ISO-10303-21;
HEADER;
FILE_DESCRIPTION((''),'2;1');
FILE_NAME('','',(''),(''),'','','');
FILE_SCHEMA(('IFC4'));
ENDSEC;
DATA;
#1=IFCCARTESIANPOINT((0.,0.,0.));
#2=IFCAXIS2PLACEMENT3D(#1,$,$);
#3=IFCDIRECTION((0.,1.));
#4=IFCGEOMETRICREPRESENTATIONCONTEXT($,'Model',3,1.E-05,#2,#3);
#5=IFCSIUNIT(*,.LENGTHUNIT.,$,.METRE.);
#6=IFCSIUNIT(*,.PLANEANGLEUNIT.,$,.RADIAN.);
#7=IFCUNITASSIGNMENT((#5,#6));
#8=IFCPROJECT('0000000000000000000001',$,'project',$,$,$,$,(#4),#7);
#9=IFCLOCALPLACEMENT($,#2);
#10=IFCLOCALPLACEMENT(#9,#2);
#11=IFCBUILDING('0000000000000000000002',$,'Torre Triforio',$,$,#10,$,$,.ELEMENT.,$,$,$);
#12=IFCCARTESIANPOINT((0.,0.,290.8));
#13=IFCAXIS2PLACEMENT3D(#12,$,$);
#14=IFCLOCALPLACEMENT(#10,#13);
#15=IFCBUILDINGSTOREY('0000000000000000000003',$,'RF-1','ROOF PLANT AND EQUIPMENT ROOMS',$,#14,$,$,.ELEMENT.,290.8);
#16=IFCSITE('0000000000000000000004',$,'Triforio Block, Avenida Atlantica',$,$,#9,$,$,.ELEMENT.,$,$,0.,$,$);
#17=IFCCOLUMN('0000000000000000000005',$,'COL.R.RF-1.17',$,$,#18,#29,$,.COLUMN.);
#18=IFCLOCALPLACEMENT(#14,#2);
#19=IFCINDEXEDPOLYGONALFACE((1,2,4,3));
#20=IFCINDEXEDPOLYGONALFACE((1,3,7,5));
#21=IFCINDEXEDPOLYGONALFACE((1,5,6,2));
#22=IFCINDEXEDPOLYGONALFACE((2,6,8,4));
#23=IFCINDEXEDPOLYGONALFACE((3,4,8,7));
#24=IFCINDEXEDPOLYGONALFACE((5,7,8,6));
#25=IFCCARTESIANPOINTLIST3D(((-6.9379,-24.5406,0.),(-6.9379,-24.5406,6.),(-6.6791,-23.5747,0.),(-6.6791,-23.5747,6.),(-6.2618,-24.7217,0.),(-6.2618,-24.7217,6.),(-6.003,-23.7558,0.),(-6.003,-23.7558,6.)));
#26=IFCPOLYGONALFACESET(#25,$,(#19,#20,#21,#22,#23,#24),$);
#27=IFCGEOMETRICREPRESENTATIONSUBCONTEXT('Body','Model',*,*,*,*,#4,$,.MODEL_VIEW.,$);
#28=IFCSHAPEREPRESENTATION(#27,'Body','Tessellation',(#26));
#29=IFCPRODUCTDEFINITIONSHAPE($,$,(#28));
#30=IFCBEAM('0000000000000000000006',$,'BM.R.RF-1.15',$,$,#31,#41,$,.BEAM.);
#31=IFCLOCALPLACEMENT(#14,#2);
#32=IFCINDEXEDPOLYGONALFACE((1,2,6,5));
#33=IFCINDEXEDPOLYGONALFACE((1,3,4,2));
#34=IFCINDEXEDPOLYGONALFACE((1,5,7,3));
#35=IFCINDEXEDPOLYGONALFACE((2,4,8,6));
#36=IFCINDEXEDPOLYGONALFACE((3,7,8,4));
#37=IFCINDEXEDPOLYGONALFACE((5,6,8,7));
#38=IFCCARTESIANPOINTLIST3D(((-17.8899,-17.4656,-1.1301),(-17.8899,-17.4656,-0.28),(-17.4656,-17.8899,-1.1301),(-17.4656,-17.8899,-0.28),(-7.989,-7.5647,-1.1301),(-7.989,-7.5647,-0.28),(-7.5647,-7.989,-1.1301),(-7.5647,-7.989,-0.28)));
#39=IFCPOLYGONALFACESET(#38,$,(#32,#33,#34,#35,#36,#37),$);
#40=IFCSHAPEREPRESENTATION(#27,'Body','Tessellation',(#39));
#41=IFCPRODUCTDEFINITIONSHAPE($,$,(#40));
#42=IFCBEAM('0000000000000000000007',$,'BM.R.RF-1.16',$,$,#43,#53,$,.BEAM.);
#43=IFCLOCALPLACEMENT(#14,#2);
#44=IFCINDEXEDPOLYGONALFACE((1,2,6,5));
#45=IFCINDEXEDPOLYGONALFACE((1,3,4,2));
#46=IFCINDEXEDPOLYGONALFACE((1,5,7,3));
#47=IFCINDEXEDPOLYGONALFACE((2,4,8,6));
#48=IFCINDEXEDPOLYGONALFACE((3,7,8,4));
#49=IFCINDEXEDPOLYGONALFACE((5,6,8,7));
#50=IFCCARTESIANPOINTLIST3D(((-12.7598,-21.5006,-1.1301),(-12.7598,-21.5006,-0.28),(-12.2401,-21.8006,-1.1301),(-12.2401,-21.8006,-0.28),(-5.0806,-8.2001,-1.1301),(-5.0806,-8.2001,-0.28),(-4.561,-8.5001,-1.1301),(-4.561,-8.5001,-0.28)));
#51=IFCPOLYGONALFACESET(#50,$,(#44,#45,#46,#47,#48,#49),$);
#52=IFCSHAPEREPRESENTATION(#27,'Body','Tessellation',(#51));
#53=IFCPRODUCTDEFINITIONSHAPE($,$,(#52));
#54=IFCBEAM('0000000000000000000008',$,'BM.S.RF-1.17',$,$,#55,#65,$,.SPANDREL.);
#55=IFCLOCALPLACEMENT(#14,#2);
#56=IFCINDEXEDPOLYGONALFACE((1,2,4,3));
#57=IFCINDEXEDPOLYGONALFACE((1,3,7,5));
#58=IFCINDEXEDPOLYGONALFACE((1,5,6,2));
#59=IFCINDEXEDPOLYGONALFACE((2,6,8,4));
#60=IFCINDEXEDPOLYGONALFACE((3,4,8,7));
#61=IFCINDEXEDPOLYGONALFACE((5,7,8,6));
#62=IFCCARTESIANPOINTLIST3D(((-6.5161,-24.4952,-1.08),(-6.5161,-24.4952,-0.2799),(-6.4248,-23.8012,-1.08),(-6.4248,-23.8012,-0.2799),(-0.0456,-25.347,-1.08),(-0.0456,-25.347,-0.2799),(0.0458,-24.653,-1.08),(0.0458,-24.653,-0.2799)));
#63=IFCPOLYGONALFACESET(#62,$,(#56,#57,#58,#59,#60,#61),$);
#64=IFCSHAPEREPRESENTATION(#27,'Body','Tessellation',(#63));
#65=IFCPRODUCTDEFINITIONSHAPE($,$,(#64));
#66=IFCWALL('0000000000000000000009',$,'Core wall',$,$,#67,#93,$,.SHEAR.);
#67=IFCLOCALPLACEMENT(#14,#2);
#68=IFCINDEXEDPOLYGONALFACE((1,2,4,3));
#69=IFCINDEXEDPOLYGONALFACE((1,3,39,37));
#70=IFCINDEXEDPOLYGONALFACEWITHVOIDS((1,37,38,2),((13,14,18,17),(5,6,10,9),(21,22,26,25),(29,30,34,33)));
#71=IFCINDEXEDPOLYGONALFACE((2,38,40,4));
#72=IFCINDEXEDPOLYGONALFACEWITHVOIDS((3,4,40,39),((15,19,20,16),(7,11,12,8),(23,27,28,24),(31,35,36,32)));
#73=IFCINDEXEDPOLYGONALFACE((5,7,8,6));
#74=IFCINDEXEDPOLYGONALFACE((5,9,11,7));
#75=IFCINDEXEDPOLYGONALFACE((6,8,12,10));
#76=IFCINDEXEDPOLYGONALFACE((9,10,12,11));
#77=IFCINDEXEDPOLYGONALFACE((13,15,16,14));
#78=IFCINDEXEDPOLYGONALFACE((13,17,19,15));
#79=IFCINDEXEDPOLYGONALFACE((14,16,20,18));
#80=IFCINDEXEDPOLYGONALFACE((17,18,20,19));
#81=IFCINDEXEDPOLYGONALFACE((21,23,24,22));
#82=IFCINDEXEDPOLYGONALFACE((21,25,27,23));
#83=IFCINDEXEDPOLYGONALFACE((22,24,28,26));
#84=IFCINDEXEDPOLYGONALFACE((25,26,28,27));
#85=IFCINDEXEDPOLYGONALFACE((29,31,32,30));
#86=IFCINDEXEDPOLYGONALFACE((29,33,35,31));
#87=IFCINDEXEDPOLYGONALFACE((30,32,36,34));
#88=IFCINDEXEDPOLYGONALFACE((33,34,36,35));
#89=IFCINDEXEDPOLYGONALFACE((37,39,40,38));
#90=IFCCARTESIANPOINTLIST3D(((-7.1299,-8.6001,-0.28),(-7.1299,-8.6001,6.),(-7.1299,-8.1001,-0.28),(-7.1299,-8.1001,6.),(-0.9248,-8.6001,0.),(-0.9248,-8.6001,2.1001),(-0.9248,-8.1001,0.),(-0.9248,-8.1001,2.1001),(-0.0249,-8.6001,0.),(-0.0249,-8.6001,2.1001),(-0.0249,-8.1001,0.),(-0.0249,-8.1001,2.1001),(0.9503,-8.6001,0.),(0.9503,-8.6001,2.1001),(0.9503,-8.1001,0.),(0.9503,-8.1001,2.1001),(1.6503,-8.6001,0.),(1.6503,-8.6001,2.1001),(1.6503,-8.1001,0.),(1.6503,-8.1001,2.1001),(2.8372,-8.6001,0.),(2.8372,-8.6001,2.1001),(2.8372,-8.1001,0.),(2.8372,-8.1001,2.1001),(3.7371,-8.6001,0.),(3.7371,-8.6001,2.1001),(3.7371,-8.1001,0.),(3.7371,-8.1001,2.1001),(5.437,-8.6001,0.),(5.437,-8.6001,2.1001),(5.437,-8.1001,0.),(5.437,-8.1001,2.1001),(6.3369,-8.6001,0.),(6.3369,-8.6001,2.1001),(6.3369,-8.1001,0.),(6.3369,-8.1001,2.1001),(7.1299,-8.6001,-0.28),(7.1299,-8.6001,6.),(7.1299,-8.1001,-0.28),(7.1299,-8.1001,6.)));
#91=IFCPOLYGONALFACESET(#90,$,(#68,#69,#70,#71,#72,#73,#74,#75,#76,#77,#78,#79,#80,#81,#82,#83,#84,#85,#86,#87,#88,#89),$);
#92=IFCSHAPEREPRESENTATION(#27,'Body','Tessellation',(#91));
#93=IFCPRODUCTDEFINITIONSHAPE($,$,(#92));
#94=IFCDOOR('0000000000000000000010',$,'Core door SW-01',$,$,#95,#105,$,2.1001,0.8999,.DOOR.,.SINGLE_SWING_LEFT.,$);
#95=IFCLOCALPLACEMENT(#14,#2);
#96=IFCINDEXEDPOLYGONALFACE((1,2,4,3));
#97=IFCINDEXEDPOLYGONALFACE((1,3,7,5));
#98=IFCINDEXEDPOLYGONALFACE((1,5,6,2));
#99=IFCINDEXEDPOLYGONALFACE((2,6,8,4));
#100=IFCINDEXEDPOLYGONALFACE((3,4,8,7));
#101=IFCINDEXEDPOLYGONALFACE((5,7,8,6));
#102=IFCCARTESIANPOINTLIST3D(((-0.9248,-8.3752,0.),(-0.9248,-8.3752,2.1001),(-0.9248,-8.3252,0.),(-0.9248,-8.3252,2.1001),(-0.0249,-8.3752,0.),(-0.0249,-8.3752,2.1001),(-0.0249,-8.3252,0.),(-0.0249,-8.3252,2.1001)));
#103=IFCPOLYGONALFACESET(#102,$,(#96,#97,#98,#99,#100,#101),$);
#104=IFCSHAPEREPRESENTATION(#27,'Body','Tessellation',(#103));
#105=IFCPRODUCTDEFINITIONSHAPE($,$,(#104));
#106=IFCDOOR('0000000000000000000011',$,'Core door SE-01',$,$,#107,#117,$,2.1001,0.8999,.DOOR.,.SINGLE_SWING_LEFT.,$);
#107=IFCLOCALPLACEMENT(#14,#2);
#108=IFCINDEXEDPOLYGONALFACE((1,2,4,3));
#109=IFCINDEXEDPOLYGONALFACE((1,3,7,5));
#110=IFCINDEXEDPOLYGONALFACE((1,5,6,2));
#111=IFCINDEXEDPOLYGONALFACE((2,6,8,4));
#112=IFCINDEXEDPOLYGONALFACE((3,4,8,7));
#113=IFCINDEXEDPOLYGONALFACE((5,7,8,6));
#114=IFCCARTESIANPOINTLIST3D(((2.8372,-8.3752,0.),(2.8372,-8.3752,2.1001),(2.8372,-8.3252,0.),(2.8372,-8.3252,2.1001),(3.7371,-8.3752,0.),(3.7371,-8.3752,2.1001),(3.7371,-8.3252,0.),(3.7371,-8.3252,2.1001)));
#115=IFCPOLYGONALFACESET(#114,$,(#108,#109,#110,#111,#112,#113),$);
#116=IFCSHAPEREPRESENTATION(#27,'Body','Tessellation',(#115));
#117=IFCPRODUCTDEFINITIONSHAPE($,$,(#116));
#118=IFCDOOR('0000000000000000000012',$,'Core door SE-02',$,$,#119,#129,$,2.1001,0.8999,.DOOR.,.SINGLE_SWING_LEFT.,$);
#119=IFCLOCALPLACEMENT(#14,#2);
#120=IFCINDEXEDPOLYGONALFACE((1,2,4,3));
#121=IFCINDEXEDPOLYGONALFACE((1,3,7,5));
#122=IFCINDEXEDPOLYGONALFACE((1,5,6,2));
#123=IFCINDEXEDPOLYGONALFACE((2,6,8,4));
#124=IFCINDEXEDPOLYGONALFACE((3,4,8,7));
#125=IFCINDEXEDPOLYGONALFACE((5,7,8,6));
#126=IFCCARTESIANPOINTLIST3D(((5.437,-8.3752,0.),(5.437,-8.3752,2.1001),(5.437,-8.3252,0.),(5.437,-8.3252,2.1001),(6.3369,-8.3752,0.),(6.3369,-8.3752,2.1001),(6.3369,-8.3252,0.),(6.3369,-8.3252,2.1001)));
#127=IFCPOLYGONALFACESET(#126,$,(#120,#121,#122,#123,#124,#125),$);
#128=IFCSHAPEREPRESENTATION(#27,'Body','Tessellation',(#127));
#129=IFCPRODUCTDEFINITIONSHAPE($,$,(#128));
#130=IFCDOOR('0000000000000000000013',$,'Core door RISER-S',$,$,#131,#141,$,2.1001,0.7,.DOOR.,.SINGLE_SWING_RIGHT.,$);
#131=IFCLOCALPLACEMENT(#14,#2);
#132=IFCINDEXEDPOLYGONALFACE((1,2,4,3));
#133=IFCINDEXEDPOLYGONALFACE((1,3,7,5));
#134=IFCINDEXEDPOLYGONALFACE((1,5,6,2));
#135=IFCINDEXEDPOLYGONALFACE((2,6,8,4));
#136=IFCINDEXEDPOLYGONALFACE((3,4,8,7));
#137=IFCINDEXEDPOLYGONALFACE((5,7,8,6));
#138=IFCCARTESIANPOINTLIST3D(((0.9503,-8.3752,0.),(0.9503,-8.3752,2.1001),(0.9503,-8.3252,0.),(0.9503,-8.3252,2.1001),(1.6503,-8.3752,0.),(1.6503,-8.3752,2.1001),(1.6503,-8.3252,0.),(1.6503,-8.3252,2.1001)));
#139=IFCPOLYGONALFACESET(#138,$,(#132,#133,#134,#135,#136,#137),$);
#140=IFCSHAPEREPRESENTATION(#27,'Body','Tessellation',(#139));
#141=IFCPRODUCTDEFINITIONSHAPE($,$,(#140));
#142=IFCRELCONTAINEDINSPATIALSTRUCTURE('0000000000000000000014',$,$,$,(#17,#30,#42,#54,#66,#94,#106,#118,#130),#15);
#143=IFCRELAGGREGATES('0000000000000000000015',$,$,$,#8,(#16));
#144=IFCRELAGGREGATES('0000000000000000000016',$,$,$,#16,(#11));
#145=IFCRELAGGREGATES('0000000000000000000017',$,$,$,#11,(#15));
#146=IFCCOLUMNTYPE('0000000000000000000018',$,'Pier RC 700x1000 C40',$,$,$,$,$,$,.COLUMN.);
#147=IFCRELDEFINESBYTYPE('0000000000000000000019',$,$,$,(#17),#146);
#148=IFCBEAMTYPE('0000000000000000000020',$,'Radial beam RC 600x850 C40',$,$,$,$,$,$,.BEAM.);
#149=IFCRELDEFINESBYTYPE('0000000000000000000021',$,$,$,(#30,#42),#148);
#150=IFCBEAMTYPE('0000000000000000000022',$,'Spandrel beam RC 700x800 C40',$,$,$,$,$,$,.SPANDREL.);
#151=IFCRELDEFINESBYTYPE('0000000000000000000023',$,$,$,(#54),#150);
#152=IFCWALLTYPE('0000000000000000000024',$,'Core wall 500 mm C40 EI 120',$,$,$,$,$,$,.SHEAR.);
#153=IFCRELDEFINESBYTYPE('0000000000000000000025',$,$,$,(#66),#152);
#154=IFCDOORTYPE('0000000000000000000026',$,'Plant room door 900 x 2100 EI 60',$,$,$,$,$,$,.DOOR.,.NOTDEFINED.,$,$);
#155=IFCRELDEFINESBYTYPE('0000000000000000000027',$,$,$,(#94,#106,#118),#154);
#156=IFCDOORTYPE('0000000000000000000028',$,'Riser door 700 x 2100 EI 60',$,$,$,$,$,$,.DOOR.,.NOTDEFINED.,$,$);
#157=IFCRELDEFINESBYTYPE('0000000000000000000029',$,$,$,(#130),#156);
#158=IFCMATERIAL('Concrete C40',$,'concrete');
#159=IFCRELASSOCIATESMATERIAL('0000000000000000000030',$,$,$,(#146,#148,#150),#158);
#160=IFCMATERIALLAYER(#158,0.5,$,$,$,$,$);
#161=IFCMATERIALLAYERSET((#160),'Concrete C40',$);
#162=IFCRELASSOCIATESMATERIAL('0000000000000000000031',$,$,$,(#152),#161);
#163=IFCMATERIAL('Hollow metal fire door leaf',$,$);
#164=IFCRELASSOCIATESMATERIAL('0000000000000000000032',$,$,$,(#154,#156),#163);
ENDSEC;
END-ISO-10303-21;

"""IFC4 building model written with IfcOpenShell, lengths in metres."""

from ifc_helpers import new_model, si_unit, direction, frame, frame_2d, origin, origin_2d, place, context, subcontext, project, spatial, rectangle, extrude, material, layer, layer_set, material_profile, profile_set, type_object, element, fill, save


model = new_model("IFC4")

# Units and contexts
model_context = context("Model", 3, precision=1e-05, world=origin(), true_north=direction((0.0, 1.0)))
body_context = subcontext(model_context, "Body", "Model", "MODEL_VIEW")
ifc_project = project(units=[si_unit("LENGTHUNIT", "METRE"), si_unit("PLANEANGLEUNIT", "RADIAN")], contexts=[model_context])

# Site, building, storey
site_placement = place(None, origin())
site = spatial("IfcSite", under=ifc_project, at=site_placement, Name="Triforio Block, Avenida Atlantica", CompositionType="ELEMENT", RefElevation=0.0)
building_placement = place(site_placement, origin())
building = spatial("IfcBuilding", under=site, at=building_placement, Name="Torre Triforio", CompositionType="ELEMENT")
storey_placement = place(building_placement, frame((0.0, 0.0, 290.8)))
storey = spatial("IfcBuildingStorey", under=building, at=storey_placement, Name="RF-1", Description="ROOF PLANT AND EQUIPMENT ROOMS", CompositionType="ELEMENT", Elevation=290.8)

# Column
ifc_material_1 = material(Name="Concrete C40", Category="concrete")
ifc_material_profile_1 = material_profile(ifc_material_1, rectangle(XDim=0.7, YDim=1.0, at=origin_2d()), Name="RC 700x1000")
ifc_profile_set_1 = profile_set([ifc_material_profile_1], Name="Concrete C40")
column_type = type_object("IfcColumnType", Name="Pier RC 700x1000 C40", PredefinedType="COLUMN", material=ifc_profile_set_1)
column_placement = place(storey_placement, frame((-6.4705, -24.1482, 0.0), z_axis=(0.0, 0.0, 1.0), x_axis=(0.965926, -0.258819, 0.0)))
element("IfcColumn", 1, at=column_placement, inside=storey, type_object=column_type, Name="COL.R.RF-1.17", PredefinedType="COLUMN", context=body_context, shape_type="SweptSolid", body=[
    extrude(rectangle(XDim=0.7, YDim=1.0, at=origin_2d()), origin(), (0.0, 0.0, 1.0), 6.0),
])

# Beams
ifc_material_profile_2 = material_profile(ifc_material_1, rectangle(XDim=0.6001, YDim=0.8501, at=origin_2d()), Name="RC 600x850")
ifc_profile_set_2 = profile_set([ifc_material_profile_2], Name="Concrete C40")
beam_type_1 = type_object("IfcBeamType", Name="Radial beam RC 600x850 C40", PredefinedType="BEAM", material=ifc_profile_set_2)
beam_1_placement = place(storey_placement, frame((-7.7769, -7.7769, -0.7051), z_axis=(-0.707107, -0.707107, 0.0), x_axis=(0.707107, -0.707107, 0.0)))
element("IfcBeam", 2, at=beam_1_placement, inside=storey, type_object=beam_type_1, Name="BM.R.RF-1.15", PredefinedType="BEAM", context=body_context, shape_type="SweptSolid", body=[
    extrude(rectangle(XDim=0.6001, YDim=0.8501, at=origin_2d()), origin(), (0.0, 0.0, 1.0), 14.002),
])
beam_2_placement = place(storey_placement, frame((-4.8208, -8.3501, -0.7051), z_axis=(-0.500006, -0.866022, 0.0), x_axis=(0.866022, -0.500006, 0.0)))
element("IfcBeam", 3, at=beam_2_placement, inside=storey, type_object=beam_type_1, Name="BM.R.RF-1.16", PredefinedType="BEAM", context=body_context, shape_type="SweptSolid", body=[
    extrude(rectangle(XDim=0.6001, YDim=0.8501, at=origin_2d()), origin(), (0.0, 0.0, 1.0), 15.3582),
])
ifc_material_profile_3 = material_profile(ifc_material_1, rectangle(XDim=0.7, YDim=0.8, at=origin_2d()), Name="RC 700x800")
ifc_profile_set_3 = profile_set([ifc_material_profile_3], Name="Concrete C40")
beam_type_2 = type_object("IfcBeamType", Name="Spandrel beam RC 700x800 C40", PredefinedType="SPANDREL", material=ifc_profile_set_3)
beam_3_placement = place(storey_placement, frame((-6.4705, -24.1482, -0.6799), z_axis=(0.991446, -0.130519, 0.0), x_axis=(0.130519, 0.991446, 0.0)))
element("IfcBeam", 4, at=beam_3_placement, inside=storey, type_object=beam_type_2, Name="BM.S.RF-1.17", PredefinedType="SPANDREL", context=body_context, shape_type="SweptSolid", body=[
    extrude(rectangle(XDim=0.7, YDim=0.8, at=origin_2d()), origin(), (0.0, 0.0, 1.0), 6.5264),
])

# Wall, openings, doors
ifc_layer_1 = layer(ifc_material_1, 0.5)
ifc_layer_set_1 = layer_set([ifc_layer_1], Name="Concrete C40")
wall_type_1 = type_object("IfcWallType", Name="Core wall 500 mm C40 EI 120", PredefinedType="SHEAR", material=ifc_layer_set_1)
wall_1_placement = place(storey_placement, frame((-7.1299, -8.3501, -0.28), z_axis=(0.0, 0.0, 1.0), x_axis=(1.0, 0.0, 0.0)))
wall_1 = element("IfcWall", 5, at=wall_1_placement, inside=storey, type_object=wall_type_1, Name="Core wall", PredefinedType="SHEAR", context=body_context, shape_type="SweptSolid", body=[
    extrude(rectangle(XDim=14.2598, YDim=0.5, at=frame_2d((7.1299, 0.0))), origin(), (0.0, 0.0, 1.0), 6.28),
])
opening_1_placement = place(wall_1_placement, frame((8.0801, 0.0, 0.28)))
opening_1 = element("IfcOpeningElement", 6, at=opening_1_placement, cuts=wall_1, PredefinedType="OPENING", context=body_context, shape_type="SweptSolid", body=[
    extrude(rectangle(XDim=0.7, YDim=2.1001, at=frame_2d((0.3501, 1.05))), frame((0.0, 0.26, 0.0), z_axis=(0.0, -1.0, 0.0), x_axis=(1.0, 0.0, 0.0)), (0.0, 0.0, 1.0), 0.52),
])
opening_2_placement = place(wall_1_placement, frame((6.2051, 0.0, 0.28)))
opening_2 = element("IfcOpeningElement", 7, at=opening_2_placement, cuts=wall_1, PredefinedType="OPENING", context=body_context, shape_type="SweptSolid", body=[
    extrude(rectangle(XDim=0.8999, YDim=2.1001, at=frame_2d((0.45, 1.05))), frame((0.0, 0.26, 0.0), z_axis=(0.0, -1.0, 0.0), x_axis=(1.0, 0.0, 0.0)), (0.0, 0.0, 1.0), 0.52),
])
opening_3_placement = place(wall_1_placement, frame((9.967, 0.0, 0.28)))
opening_3 = element("IfcOpeningElement", 8, at=opening_3_placement, cuts=wall_1, PredefinedType="OPENING", context=body_context, shape_type="SweptSolid", body=[
    extrude(rectangle(XDim=0.8999, YDim=2.1001, at=frame_2d((0.45, 1.05))), frame((0.0, 0.26, 0.0), z_axis=(0.0, -1.0, 0.0), x_axis=(1.0, 0.0, 0.0)), (0.0, 0.0, 1.0), 0.52),
])
opening_4_placement = place(wall_1_placement, frame((12.5669, 0.0, 0.28)))
opening_4 = element("IfcOpeningElement", 9, at=opening_4_placement, cuts=wall_1, PredefinedType="OPENING", context=body_context, shape_type="SweptSolid", body=[
    extrude(rectangle(XDim=0.8999, YDim=2.1001, at=frame_2d((0.45, 1.05))), frame((0.0, 0.26, 0.0), z_axis=(0.0, -1.0, 0.0), x_axis=(1.0, 0.0, 0.0)), (0.0, 0.0, 1.0), 0.52),
])
ifc_material_2 = material(Name="Hollow metal fire door leaf")
door_type_1 = type_object("IfcDoorType", Name="Plant room door 900 x 2100 EI 60", OperationType="NOTDEFINED", PredefinedType="DOOR", material=ifc_material_2)
door_1_placement = place(opening_2_placement, origin())
door_1 = element("IfcDoor", 10, at=door_1_placement, inside=storey, type_object=door_type_1, Name="Core door SW-01", OperationType="SINGLE_SWING_LEFT", OverallHeight=2.1001, OverallWidth=0.8999, PredefinedType="DOOR", context=body_context, shape_type="SweptSolid", body=[
    extrude(rectangle(XDim=0.8999, YDim=2.1001, at=frame_2d((0.45, 1.05))), frame((0.0, 0.0249, 0.0), z_axis=(0.0, -1.0, 0.0), x_axis=(1.0, 0.0, 0.0)), (0.0, 0.0, 1.0), 0.05),
])
fill(opening_2, door_1)
door_2_placement = place(opening_3_placement, origin())
door_2 = element("IfcDoor", 11, at=door_2_placement, inside=storey, type_object=door_type_1, Name="Core door SE-01", OperationType="SINGLE_SWING_LEFT", OverallHeight=2.1001, OverallWidth=0.8999, PredefinedType="DOOR", context=body_context, shape_type="SweptSolid", body=[
    extrude(rectangle(XDim=0.8999, YDim=2.1001, at=frame_2d((0.45, 1.05))), frame((0.0, 0.0249, 0.0), z_axis=(0.0, -1.0, 0.0), x_axis=(1.0, 0.0, 0.0)), (0.0, 0.0, 1.0), 0.05),
])
fill(opening_3, door_2)
door_3_placement = place(opening_4_placement, origin())
door_3 = element("IfcDoor", 12, at=door_3_placement, inside=storey, type_object=door_type_1, Name="Core door SE-02", OperationType="SINGLE_SWING_LEFT", OverallHeight=2.1001, OverallWidth=0.8999, PredefinedType="DOOR", context=body_context, shape_type="SweptSolid", body=[
    extrude(rectangle(XDim=0.8999, YDim=2.1001, at=frame_2d((0.45, 1.05))), frame((0.0, 0.0249, 0.0), z_axis=(0.0, -1.0, 0.0), x_axis=(1.0, 0.0, 0.0)), (0.0, 0.0, 1.0), 0.05),
])
fill(opening_4, door_3)
door_type_2 = type_object("IfcDoorType", Name="Riser door 700 x 2100 EI 60", OperationType="NOTDEFINED", PredefinedType="DOOR", material=ifc_material_2)
door_4_placement = place(opening_1_placement, origin())
door_4 = element("IfcDoor", 13, at=door_4_placement, inside=storey, type_object=door_type_2, Name="Core door RISER-S", OperationType="SINGLE_SWING_RIGHT", OverallHeight=2.1001, OverallWidth=0.7, PredefinedType="DOOR", context=body_context, shape_type="SweptSolid", body=[
    extrude(rectangle(XDim=0.7, YDim=2.1001, at=frame_2d((0.3501, 1.05))), frame((0.0, 0.0249, 0.0), z_axis=(0.0, -1.0, 0.0), x_axis=(1.0, 0.0, 0.0)), (0.0, 0.0, 1.0), 0.05),
])
fill(opening_1, door_4)

save(model, "model.ifc")
